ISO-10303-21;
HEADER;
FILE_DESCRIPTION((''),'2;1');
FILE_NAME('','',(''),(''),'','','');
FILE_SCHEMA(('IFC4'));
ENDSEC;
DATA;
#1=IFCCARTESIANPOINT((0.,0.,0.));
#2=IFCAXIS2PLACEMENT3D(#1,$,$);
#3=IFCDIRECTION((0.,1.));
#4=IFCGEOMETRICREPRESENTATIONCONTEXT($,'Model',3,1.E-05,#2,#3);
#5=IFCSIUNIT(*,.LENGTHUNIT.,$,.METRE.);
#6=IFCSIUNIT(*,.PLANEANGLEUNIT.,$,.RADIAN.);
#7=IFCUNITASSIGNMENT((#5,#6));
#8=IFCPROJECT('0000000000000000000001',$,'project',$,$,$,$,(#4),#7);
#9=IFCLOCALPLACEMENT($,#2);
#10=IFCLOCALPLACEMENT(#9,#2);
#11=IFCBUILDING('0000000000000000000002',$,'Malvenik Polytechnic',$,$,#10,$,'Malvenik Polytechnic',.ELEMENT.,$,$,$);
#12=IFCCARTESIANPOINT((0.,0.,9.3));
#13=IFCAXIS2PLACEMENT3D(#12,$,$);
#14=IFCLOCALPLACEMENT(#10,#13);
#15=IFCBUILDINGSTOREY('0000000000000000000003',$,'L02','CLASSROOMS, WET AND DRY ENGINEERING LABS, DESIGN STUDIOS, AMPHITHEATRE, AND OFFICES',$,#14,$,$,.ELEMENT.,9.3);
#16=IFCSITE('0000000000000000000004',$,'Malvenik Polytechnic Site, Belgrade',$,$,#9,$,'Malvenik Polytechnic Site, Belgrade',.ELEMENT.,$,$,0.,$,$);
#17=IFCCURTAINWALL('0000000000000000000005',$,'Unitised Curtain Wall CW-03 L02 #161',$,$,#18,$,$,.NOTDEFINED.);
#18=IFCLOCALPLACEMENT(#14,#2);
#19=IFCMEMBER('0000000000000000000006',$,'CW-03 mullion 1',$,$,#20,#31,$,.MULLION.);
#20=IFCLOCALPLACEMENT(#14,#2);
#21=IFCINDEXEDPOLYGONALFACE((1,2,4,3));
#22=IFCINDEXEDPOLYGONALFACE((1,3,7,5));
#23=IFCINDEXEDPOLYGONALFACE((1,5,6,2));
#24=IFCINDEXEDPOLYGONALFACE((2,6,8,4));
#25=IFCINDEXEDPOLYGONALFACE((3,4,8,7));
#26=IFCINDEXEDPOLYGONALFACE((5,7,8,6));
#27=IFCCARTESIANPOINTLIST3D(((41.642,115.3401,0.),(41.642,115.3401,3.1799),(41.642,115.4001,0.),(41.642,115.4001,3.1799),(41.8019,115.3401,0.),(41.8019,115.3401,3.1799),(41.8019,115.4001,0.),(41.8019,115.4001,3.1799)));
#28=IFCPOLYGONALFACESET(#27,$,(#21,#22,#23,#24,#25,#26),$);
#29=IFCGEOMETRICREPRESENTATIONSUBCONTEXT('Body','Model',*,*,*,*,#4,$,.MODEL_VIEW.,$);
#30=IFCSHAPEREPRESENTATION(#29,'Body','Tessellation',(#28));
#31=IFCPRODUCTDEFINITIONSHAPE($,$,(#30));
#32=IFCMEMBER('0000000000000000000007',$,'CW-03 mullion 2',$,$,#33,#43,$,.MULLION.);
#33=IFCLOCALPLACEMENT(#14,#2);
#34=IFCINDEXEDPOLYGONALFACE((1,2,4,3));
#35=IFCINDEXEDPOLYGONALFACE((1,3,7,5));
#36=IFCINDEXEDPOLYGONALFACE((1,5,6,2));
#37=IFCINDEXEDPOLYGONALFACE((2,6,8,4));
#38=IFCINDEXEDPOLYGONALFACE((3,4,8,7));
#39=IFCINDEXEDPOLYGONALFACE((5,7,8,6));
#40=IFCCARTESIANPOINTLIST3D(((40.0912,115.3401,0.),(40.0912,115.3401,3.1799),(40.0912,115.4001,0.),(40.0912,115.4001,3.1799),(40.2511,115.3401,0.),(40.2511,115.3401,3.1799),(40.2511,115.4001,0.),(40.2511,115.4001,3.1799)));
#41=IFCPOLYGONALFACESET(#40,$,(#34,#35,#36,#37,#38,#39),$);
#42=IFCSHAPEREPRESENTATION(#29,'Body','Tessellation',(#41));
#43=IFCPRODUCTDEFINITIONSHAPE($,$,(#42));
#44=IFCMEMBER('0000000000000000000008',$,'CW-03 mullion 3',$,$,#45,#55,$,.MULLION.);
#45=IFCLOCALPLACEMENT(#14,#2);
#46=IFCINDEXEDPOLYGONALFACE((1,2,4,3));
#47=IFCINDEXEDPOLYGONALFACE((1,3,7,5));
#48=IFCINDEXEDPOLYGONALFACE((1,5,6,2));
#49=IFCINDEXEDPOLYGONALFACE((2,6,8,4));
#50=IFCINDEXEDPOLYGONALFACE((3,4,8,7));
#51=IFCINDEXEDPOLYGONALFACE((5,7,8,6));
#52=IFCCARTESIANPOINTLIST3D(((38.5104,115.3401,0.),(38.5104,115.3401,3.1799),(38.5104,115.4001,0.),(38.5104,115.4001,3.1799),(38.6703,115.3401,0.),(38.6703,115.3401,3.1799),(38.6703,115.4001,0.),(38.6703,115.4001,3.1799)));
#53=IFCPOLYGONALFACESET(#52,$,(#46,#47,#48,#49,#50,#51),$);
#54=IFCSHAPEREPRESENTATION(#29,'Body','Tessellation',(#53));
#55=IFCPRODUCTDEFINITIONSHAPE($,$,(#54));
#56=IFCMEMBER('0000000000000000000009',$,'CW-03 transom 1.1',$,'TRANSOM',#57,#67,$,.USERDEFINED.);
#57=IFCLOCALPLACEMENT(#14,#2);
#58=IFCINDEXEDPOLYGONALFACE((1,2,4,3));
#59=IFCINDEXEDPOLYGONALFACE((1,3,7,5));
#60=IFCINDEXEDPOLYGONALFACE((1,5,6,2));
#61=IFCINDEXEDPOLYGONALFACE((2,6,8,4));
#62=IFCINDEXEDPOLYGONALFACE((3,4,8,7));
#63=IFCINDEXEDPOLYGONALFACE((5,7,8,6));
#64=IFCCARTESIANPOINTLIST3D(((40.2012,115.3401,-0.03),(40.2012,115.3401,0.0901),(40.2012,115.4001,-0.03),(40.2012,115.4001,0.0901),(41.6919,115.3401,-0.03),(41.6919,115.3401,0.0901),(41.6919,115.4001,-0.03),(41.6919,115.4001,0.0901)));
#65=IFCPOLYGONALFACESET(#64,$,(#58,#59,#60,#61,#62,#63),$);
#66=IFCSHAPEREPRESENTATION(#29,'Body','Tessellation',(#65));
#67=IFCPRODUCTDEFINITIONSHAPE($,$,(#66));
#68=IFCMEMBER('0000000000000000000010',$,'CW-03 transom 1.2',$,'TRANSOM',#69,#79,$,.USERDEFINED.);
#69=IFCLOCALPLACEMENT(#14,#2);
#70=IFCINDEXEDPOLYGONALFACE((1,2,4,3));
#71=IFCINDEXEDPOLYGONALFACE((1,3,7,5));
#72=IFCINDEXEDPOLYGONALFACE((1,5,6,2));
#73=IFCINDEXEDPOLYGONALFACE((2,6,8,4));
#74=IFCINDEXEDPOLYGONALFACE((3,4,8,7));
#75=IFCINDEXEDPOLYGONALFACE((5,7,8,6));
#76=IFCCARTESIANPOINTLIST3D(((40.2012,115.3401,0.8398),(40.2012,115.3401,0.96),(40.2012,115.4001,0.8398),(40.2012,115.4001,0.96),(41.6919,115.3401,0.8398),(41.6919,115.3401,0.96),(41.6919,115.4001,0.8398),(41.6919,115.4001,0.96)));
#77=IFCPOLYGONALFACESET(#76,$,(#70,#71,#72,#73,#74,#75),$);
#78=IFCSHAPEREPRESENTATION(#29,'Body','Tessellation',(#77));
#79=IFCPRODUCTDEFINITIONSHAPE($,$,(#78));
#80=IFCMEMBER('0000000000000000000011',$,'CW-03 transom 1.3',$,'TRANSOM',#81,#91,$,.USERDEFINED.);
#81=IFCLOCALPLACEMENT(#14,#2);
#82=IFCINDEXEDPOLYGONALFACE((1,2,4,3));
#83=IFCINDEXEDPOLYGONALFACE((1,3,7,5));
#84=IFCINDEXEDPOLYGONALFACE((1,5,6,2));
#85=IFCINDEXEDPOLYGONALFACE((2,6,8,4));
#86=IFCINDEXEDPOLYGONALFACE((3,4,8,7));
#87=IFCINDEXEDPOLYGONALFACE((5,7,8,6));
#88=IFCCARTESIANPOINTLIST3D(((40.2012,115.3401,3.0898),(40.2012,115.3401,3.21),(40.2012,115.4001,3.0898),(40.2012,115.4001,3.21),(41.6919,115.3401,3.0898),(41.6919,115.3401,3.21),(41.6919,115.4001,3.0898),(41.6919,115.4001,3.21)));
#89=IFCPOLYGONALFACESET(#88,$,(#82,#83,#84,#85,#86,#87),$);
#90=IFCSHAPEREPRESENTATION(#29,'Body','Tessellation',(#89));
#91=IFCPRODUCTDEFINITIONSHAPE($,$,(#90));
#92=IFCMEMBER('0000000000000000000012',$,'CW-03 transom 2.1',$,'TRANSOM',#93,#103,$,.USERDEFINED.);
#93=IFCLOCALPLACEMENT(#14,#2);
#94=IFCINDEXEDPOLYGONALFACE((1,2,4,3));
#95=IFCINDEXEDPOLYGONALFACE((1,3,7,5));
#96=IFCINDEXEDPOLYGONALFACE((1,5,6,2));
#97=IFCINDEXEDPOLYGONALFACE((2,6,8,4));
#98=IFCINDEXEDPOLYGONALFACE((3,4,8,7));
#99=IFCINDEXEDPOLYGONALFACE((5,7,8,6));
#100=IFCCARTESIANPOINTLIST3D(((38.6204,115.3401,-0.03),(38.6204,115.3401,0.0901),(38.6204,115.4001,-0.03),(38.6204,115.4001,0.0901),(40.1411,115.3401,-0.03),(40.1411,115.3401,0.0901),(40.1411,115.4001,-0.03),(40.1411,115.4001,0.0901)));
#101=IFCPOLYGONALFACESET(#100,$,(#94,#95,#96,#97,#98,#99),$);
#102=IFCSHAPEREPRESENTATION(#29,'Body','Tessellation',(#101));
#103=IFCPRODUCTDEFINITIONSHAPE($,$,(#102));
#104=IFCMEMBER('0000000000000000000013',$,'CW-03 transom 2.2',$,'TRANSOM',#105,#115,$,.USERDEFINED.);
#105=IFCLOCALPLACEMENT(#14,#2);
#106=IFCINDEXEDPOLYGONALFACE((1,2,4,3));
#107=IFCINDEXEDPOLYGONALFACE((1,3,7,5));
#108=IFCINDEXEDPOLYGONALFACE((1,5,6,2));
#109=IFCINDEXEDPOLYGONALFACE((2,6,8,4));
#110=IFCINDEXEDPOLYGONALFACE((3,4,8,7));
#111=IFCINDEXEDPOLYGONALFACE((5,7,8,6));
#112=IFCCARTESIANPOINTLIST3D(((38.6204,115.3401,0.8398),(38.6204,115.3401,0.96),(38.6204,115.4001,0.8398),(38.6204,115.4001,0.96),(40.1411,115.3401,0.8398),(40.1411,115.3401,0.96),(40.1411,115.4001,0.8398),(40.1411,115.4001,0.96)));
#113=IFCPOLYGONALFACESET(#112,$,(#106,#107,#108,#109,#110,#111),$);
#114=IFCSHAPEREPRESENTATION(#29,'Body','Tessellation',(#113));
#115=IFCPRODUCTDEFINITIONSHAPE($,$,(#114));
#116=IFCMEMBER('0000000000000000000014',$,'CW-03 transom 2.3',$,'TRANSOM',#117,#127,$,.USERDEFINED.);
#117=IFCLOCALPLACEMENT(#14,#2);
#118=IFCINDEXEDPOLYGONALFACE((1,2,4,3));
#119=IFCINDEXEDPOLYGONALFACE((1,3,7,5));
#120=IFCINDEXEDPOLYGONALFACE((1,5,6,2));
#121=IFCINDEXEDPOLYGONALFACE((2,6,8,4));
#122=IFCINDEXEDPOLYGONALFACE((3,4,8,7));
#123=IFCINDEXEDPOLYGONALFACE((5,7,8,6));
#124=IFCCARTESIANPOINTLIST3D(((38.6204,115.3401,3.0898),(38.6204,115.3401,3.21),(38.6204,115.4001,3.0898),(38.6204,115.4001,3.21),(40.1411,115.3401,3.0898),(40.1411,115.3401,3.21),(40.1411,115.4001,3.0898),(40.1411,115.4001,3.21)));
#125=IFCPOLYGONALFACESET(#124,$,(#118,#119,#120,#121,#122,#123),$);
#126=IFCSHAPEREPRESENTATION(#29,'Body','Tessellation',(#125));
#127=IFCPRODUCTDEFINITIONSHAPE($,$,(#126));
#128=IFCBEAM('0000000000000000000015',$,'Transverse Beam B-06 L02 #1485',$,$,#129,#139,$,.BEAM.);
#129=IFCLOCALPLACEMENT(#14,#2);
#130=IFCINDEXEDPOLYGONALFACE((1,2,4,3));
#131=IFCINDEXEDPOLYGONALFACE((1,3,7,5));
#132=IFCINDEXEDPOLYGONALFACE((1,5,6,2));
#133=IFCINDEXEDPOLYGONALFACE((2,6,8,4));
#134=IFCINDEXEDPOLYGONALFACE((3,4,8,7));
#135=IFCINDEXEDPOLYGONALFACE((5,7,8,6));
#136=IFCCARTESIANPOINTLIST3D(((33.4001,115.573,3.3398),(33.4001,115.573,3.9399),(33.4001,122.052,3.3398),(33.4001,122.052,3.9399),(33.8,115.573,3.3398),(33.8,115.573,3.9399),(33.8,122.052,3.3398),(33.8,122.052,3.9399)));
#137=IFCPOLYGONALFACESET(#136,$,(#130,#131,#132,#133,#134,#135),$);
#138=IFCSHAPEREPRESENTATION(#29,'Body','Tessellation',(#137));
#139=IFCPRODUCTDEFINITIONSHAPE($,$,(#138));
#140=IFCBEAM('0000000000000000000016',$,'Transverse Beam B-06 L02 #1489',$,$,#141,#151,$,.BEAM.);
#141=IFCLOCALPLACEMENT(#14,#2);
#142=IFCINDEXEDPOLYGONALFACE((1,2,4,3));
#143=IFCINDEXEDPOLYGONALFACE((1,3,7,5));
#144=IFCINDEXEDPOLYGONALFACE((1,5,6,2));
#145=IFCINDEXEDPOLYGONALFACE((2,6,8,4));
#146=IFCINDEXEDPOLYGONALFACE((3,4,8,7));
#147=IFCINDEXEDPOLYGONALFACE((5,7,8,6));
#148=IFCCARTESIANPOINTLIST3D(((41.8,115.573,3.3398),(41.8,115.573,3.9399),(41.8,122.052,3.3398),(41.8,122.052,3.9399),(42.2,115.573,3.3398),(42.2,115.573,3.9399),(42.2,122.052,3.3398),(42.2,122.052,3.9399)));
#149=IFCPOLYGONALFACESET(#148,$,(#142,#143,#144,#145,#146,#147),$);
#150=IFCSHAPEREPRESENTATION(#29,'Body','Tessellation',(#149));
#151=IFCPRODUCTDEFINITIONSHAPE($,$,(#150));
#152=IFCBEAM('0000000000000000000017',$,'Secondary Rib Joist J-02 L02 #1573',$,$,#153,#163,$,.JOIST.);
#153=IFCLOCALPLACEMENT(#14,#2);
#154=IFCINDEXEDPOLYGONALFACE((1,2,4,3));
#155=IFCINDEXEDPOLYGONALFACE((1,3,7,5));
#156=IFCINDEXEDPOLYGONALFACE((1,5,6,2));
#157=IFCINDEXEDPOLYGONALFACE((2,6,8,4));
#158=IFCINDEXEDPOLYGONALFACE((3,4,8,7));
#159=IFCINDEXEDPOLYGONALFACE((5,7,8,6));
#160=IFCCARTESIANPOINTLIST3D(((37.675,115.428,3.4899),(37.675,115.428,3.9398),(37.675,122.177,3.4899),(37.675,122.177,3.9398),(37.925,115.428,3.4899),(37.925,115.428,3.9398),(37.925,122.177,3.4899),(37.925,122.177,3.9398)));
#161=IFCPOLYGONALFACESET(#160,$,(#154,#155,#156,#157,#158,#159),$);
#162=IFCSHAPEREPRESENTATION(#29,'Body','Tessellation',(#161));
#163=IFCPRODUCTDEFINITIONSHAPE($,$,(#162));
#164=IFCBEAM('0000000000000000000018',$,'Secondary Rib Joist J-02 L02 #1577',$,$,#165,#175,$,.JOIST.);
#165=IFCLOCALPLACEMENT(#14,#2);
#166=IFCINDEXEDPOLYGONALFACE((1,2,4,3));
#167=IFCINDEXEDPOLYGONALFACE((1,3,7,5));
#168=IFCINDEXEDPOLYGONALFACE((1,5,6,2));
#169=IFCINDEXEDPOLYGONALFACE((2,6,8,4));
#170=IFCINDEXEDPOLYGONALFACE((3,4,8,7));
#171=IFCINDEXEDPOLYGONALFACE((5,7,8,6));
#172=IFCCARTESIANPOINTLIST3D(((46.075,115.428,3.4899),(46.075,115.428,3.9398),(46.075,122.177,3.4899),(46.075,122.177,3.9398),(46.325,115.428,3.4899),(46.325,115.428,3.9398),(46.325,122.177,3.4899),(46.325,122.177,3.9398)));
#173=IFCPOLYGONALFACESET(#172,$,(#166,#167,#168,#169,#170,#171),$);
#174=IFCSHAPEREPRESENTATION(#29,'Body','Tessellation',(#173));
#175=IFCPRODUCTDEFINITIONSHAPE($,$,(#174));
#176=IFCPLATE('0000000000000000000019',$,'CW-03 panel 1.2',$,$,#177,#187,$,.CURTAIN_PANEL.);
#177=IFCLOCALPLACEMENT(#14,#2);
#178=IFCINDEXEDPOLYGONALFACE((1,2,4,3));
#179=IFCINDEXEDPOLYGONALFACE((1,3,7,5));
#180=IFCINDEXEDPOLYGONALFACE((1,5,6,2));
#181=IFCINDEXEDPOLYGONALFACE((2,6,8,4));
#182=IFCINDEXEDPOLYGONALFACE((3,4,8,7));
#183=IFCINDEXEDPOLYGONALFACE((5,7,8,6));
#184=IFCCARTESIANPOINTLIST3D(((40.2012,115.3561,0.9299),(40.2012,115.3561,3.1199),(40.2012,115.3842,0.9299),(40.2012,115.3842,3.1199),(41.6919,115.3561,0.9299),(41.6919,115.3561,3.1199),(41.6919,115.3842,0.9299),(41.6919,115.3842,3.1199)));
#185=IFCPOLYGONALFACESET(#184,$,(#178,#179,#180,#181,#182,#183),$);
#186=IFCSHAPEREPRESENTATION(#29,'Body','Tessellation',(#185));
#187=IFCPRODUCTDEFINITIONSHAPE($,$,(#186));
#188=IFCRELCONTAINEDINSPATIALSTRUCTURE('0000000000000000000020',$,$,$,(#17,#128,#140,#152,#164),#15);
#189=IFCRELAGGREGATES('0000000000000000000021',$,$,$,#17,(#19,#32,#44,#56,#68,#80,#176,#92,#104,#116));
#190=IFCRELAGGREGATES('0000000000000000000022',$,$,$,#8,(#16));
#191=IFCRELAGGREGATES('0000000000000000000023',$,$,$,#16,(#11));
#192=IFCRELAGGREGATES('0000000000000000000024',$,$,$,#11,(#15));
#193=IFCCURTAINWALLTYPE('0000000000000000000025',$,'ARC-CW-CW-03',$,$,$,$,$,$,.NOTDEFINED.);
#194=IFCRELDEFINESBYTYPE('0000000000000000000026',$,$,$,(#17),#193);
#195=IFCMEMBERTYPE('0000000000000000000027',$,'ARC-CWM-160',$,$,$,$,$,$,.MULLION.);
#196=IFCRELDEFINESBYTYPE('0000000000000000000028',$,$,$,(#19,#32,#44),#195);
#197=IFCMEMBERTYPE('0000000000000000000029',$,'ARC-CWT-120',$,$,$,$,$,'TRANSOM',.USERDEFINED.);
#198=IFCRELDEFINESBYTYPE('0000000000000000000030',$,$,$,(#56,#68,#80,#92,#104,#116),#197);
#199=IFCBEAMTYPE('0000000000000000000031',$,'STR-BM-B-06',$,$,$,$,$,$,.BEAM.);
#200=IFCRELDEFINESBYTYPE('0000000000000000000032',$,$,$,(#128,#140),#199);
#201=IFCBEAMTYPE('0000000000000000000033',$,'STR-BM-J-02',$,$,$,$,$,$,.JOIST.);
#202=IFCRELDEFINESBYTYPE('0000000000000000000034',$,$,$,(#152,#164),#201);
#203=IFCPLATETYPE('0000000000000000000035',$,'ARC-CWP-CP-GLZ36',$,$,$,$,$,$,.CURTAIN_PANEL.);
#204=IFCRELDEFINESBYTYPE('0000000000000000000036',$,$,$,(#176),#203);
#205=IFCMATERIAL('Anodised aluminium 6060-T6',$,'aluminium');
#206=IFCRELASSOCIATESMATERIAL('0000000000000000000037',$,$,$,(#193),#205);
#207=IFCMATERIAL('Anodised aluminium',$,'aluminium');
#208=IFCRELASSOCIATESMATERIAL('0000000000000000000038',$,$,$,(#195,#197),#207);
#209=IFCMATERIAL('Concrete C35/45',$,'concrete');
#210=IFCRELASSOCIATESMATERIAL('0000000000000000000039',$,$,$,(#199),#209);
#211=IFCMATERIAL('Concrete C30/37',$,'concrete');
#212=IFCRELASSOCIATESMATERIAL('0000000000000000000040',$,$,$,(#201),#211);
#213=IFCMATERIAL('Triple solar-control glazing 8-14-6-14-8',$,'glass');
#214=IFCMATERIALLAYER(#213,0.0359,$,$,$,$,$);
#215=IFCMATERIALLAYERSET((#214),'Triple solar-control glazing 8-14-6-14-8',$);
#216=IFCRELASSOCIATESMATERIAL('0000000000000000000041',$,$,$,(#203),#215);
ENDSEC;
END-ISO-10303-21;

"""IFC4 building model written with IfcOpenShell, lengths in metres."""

from ifc_helpers import new_model, si_unit, direction, frame, origin, origin_2d, place, context, subcontext, project, spatial, rectangle, extrude, material, layer, layer_set, material_profile, profile_set, type_object, element, aggregate, save


model = new_model("IFC4")

# Units and contexts
model_context = context("Model", 3, precision=1e-05, world=origin(), true_north=direction((0.0, 1.0)))
body_context = subcontext(model_context, "Body", "Model", "MODEL_VIEW")
ifc_project = project(units=[si_unit("LENGTHUNIT", "METRE"), si_unit("PLANEANGLEUNIT", "RADIAN")], contexts=[model_context])

# Site, building, storey
site_placement = place(None, origin())
site = spatial("IfcSite", under=ifc_project, at=site_placement, Name="Malvenik Polytechnic Site, Belgrade", LongName="Malvenik Polytechnic Site, Belgrade", CompositionType="ELEMENT", RefElevation=0.0)
building_placement = place(site_placement, origin())
building = spatial("IfcBuilding", under=site, at=building_placement, Name="Malvenik Polytechnic", LongName="Malvenik Polytechnic", CompositionType="ELEMENT")
storey_placement = place(building_placement, frame((0.0, 0.0, 9.3)))
storey = spatial("IfcBuildingStorey", under=building, at=storey_placement, Name="L02", Description="CLASSROOMS, WET AND DRY ENGINEERING LABS, DESIGN STUDIOS, AMPHITHEATRE, AND OFFICES", CompositionType="ELEMENT", Elevation=9.3)

# Curtain wall, members
ifc_material_1 = material(Name="Anodised aluminium 6060-T6", Category="aluminium")
curtain_wall_type = type_object("IfcCurtainWallType", Name="ARC-CW-CW-03", PredefinedType="NOTDEFINED", material=ifc_material_1)
curtain_wall_placement = place(storey_placement, origin())
curtain_wall = element("IfcCurtainWall", 1, at=curtain_wall_placement, inside=storey, type_object=curtain_wall_type, Name="Unitised Curtain Wall CW-03 L02 #161", PredefinedType="NOTDEFINED")
ifc_material_2 = material(Name="Anodised aluminium", Category="aluminium")
ifc_material_profile_1 = material_profile(ifc_material_2, rectangle(XDim=0.0601, YDim=0.1599, at=origin_2d()), Name="ALU MULLION 60x160")
ifc_profile_set_1 = profile_set([ifc_material_profile_1], Name="Anodised aluminium")
member_type_1 = type_object("IfcMemberType", Name="ARC-CWM-160", PredefinedType="MULLION", material=ifc_profile_set_1)
member_1_placement = place(storey_placement, frame((41.7219, 115.3701, 0.0), z_axis=(0.0, 0.0, 1.0), x_axis=(0.0, -1.0, 0.0)))
member_1 = element("IfcMember", 2, at=member_1_placement, type_object=member_type_1, Name="CW-03 mullion 1", PredefinedType="MULLION", context=body_context, shape_type="SweptSolid", body=[
    extrude(rectangle(XDim=0.0601, YDim=0.1599, at=origin_2d()), origin(), (0.0, 0.0, 1.0), 3.1799),
])
member_2_placement = place(storey_placement, frame((40.1711, 115.3701, 0.0), z_axis=(0.0, 0.0, 1.0), x_axis=(0.0, -1.0, 0.0)))
member_2 = element("IfcMember", 3, at=member_2_placement, type_object=member_type_1, Name="CW-03 mullion 2", PredefinedType="MULLION", context=body_context, shape_type="SweptSolid", body=[
    extrude(rectangle(XDim=0.0601, YDim=0.1599, at=origin_2d()), origin(), (0.0, 0.0, 1.0), 3.1799),
])
member_3_placement = place(storey_placement, frame((38.5903, 115.3701, 0.0), z_axis=(0.0, 0.0, 1.0), x_axis=(0.0, -1.0, 0.0)))
member_3 = element("IfcMember", 4, at=member_3_placement, type_object=member_type_1, Name="CW-03 mullion 3", PredefinedType="MULLION", context=body_context, shape_type="SweptSolid", body=[
    extrude(rectangle(XDim=0.0601, YDim=0.1599, at=origin_2d()), origin(), (0.0, 0.0, 1.0), 3.1799),
])
ifc_material_profile_2 = material_profile(ifc_material_2, rectangle(XDim=0.0601, YDim=0.1201, at=origin_2d()), Name="ALU TRANSOM 60x120")
ifc_profile_set_2 = profile_set([ifc_material_profile_2], Name="Anodised aluminium")
member_type_2 = type_object("IfcMemberType", Name="ARC-CWT-120", ElementType="TRANSOM", PredefinedType="USERDEFINED", material=ifc_profile_set_2)
member_4_placement = place(storey_placement, frame((41.6919, 115.3701, 0.03), z_axis=(-1.0, 0.0, 0.0), x_axis=(0.0, -1.0, 0.0)))
member_4 = element("IfcMember", 5, at=member_4_placement, type_object=member_type_2, Name="CW-03 transom 1.1", ObjectType="TRANSOM", PredefinedType="USERDEFINED", context=body_context, shape_type="SweptSolid", body=[
    extrude(rectangle(XDim=0.0601, YDim=0.1201, at=origin_2d()), origin(), (0.0, 0.0, 1.0), 1.4907),
])
member_5_placement = place(storey_placement, frame((41.6919, 115.3701, 0.8999), z_axis=(-1.0, 0.0, 0.0), x_axis=(0.0, -1.0, 0.0)))
member_5 = element("IfcMember", 6, at=member_5_placement, type_object=member_type_2, Name="CW-03 transom 1.2", ObjectType="TRANSOM", PredefinedType="USERDEFINED", context=body_context, shape_type="SweptSolid", body=[
    extrude(rectangle(XDim=0.0601, YDim=0.1201, at=origin_2d()), origin(), (0.0, 0.0, 1.0), 1.4907),
])
member_6_placement = place(storey_placement, frame((41.6919, 115.3701, 3.1499), z_axis=(-1.0, 0.0, 0.0), x_axis=(0.0, -1.0, 0.0)))
member_6 = element("IfcMember", 7, at=member_6_placement, type_object=member_type_2, Name="CW-03 transom 1.3", ObjectType="TRANSOM", PredefinedType="USERDEFINED", context=body_context, shape_type="SweptSolid", body=[
    extrude(rectangle(XDim=0.0601, YDim=0.1201, at=origin_2d()), origin(), (0.0, 0.0, 1.0), 1.4907),
])
member_7_placement = place(storey_placement, frame((40.1411, 115.3701, 0.03), z_axis=(-1.0, 0.0, 0.0), x_axis=(0.0, -1.0, 0.0)))
member_7 = element("IfcMember", 8, at=member_7_placement, type_object=member_type_2, Name="CW-03 transom 2.1", ObjectType="TRANSOM", PredefinedType="USERDEFINED", context=body_context, shape_type="SweptSolid", body=[
    extrude(rectangle(XDim=0.0601, YDim=0.1201, at=origin_2d()), origin(), (0.0, 0.0, 1.0), 1.5208),
])
member_8_placement = place(storey_placement, frame((40.1411, 115.3701, 0.8999), z_axis=(-1.0, 0.0, 0.0), x_axis=(0.0, -1.0, 0.0)))
member_8 = element("IfcMember", 9, at=member_8_placement, type_object=member_type_2, Name="CW-03 transom 2.2", ObjectType="TRANSOM", PredefinedType="USERDEFINED", context=body_context, shape_type="SweptSolid", body=[
    extrude(rectangle(XDim=0.0601, YDim=0.1201, at=origin_2d()), origin(), (0.0, 0.0, 1.0), 1.5208),
])
member_9_placement = place(storey_placement, frame((40.1411, 115.3701, 3.1499), z_axis=(-1.0, 0.0, 0.0), x_axis=(0.0, -1.0, 0.0)))
member_9 = element("IfcMember", 10, at=member_9_placement, type_object=member_type_2, Name="CW-03 transom 2.3", ObjectType="TRANSOM", PredefinedType="USERDEFINED", context=body_context, shape_type="SweptSolid", body=[
    extrude(rectangle(XDim=0.0601, YDim=0.1201, at=origin_2d()), origin(), (0.0, 0.0, 1.0), 1.5208),
])

# Beams
ifc_material_3 = material(Name="Concrete C35/45", Category="concrete")
ifc_material_profile_3 = material_profile(ifc_material_3, rectangle(XDim=0.3999, YDim=0.6001, at=origin_2d()), Name="RC BM 400x600")
ifc_profile_set_3 = profile_set([ifc_material_profile_3], Name="Concrete C35/45")
beam_type_1 = type_object("IfcBeamType", Name="STR-BM-B-06", PredefinedType="BEAM", material=ifc_profile_set_3)
for number, where, z_axis, x_axis, name in (
    (11, (33.6001, 115.573, 3.6399), (0.0, 1.0, 0.0), (-1.0, 0.0, 0.0), "Transverse Beam B-06 L02 #1485"),
    (12, (42.0, 115.573, 3.6399), (0.0, 1.0, 0.0), (-1.0, 0.0, 0.0), "Transverse Beam B-06 L02 #1489"),
):
    element("IfcBeam", number, at=place(storey_placement, frame(where, z_axis=z_axis, x_axis=x_axis)), inside=storey, type_object=beam_type_1, Name=name, PredefinedType="BEAM", context=body_context, shape_type="SweptSolid", body=[
        extrude(rectangle(XDim=0.3999, YDim=0.6001, at=origin_2d()), origin(), (0.0, 0.0, 1.0), 6.479),
    ])
ifc_material_4 = material(Name="Concrete C30/37", Category="concrete")
ifc_material_profile_4 = material_profile(ifc_material_4, rectangle(XDim=0.25, YDim=0.45, at=origin_2d()), Name="RC JST 250x450")
ifc_profile_set_4 = profile_set([ifc_material_profile_4], Name="Concrete C30/37")
beam_type_2 = type_object("IfcBeamType", Name="STR-BM-J-02", PredefinedType="JOIST", material=ifc_profile_set_4)
for number, where, z_axis, x_axis, name in (
    (13, (37.8, 115.428, 3.7148), (0.0, 1.0, 0.0), (-1.0, 0.0, 0.0), "Secondary Rib Joist J-02 L02 #1573"),
    (14, (46.2, 115.428, 3.7148), (0.0, 1.0, 0.0), (-1.0, 0.0, 0.0), "Secondary Rib Joist J-02 L02 #1577"),
):
    element("IfcBeam", number, at=place(storey_placement, frame(where, z_axis=z_axis, x_axis=x_axis)), inside=storey, type_object=beam_type_2, Name=name, PredefinedType="JOIST", context=body_context, shape_type="SweptSolid", body=[
        extrude(rectangle(XDim=0.25, YDim=0.45, at=origin_2d()), origin(), (0.0, 0.0, 1.0), 6.749),
    ])

# Plate
ifc_material_5 = material(Name="Triple solar-control glazing 8-14-6-14-8", Category="glass")
ifc_layer_1 = layer(ifc_material_5, 0.0359)
ifc_layer_set_1 = layer_set([ifc_layer_1], Name="Triple solar-control glazing 8-14-6-14-8")
plate_type_1 = type_object("IfcPlateType", Name="ARC-CWP-CP-GLZ36", PredefinedType="CURTAIN_PANEL", material=ifc_layer_set_1)
plate_1_placement = place(storey_placement, frame((40.9465, 115.3701, 0.9299), z_axis=(0.0, 0.0, 1.0), x_axis=(-1.0, 0.0, 0.0)))
plate_1 = element("IfcPlate", 15, at=plate_1_placement, type_object=plate_type_1, Name="CW-03 panel 1.2", PredefinedType="CURTAIN_PANEL", context=body_context, shape_type="SweptSolid", body=[
    extrude(rectangle(XDim=1.4907, YDim=0.0281, at=origin_2d()), origin(), (0.0, 0.0, 1.0), 2.1899),
])
aggregate(curtain_wall, [member_1, member_2, member_3, member_4, member_5, member_6, plate_1, member_7, member_8, member_9])

save(model, "model.ifc")
